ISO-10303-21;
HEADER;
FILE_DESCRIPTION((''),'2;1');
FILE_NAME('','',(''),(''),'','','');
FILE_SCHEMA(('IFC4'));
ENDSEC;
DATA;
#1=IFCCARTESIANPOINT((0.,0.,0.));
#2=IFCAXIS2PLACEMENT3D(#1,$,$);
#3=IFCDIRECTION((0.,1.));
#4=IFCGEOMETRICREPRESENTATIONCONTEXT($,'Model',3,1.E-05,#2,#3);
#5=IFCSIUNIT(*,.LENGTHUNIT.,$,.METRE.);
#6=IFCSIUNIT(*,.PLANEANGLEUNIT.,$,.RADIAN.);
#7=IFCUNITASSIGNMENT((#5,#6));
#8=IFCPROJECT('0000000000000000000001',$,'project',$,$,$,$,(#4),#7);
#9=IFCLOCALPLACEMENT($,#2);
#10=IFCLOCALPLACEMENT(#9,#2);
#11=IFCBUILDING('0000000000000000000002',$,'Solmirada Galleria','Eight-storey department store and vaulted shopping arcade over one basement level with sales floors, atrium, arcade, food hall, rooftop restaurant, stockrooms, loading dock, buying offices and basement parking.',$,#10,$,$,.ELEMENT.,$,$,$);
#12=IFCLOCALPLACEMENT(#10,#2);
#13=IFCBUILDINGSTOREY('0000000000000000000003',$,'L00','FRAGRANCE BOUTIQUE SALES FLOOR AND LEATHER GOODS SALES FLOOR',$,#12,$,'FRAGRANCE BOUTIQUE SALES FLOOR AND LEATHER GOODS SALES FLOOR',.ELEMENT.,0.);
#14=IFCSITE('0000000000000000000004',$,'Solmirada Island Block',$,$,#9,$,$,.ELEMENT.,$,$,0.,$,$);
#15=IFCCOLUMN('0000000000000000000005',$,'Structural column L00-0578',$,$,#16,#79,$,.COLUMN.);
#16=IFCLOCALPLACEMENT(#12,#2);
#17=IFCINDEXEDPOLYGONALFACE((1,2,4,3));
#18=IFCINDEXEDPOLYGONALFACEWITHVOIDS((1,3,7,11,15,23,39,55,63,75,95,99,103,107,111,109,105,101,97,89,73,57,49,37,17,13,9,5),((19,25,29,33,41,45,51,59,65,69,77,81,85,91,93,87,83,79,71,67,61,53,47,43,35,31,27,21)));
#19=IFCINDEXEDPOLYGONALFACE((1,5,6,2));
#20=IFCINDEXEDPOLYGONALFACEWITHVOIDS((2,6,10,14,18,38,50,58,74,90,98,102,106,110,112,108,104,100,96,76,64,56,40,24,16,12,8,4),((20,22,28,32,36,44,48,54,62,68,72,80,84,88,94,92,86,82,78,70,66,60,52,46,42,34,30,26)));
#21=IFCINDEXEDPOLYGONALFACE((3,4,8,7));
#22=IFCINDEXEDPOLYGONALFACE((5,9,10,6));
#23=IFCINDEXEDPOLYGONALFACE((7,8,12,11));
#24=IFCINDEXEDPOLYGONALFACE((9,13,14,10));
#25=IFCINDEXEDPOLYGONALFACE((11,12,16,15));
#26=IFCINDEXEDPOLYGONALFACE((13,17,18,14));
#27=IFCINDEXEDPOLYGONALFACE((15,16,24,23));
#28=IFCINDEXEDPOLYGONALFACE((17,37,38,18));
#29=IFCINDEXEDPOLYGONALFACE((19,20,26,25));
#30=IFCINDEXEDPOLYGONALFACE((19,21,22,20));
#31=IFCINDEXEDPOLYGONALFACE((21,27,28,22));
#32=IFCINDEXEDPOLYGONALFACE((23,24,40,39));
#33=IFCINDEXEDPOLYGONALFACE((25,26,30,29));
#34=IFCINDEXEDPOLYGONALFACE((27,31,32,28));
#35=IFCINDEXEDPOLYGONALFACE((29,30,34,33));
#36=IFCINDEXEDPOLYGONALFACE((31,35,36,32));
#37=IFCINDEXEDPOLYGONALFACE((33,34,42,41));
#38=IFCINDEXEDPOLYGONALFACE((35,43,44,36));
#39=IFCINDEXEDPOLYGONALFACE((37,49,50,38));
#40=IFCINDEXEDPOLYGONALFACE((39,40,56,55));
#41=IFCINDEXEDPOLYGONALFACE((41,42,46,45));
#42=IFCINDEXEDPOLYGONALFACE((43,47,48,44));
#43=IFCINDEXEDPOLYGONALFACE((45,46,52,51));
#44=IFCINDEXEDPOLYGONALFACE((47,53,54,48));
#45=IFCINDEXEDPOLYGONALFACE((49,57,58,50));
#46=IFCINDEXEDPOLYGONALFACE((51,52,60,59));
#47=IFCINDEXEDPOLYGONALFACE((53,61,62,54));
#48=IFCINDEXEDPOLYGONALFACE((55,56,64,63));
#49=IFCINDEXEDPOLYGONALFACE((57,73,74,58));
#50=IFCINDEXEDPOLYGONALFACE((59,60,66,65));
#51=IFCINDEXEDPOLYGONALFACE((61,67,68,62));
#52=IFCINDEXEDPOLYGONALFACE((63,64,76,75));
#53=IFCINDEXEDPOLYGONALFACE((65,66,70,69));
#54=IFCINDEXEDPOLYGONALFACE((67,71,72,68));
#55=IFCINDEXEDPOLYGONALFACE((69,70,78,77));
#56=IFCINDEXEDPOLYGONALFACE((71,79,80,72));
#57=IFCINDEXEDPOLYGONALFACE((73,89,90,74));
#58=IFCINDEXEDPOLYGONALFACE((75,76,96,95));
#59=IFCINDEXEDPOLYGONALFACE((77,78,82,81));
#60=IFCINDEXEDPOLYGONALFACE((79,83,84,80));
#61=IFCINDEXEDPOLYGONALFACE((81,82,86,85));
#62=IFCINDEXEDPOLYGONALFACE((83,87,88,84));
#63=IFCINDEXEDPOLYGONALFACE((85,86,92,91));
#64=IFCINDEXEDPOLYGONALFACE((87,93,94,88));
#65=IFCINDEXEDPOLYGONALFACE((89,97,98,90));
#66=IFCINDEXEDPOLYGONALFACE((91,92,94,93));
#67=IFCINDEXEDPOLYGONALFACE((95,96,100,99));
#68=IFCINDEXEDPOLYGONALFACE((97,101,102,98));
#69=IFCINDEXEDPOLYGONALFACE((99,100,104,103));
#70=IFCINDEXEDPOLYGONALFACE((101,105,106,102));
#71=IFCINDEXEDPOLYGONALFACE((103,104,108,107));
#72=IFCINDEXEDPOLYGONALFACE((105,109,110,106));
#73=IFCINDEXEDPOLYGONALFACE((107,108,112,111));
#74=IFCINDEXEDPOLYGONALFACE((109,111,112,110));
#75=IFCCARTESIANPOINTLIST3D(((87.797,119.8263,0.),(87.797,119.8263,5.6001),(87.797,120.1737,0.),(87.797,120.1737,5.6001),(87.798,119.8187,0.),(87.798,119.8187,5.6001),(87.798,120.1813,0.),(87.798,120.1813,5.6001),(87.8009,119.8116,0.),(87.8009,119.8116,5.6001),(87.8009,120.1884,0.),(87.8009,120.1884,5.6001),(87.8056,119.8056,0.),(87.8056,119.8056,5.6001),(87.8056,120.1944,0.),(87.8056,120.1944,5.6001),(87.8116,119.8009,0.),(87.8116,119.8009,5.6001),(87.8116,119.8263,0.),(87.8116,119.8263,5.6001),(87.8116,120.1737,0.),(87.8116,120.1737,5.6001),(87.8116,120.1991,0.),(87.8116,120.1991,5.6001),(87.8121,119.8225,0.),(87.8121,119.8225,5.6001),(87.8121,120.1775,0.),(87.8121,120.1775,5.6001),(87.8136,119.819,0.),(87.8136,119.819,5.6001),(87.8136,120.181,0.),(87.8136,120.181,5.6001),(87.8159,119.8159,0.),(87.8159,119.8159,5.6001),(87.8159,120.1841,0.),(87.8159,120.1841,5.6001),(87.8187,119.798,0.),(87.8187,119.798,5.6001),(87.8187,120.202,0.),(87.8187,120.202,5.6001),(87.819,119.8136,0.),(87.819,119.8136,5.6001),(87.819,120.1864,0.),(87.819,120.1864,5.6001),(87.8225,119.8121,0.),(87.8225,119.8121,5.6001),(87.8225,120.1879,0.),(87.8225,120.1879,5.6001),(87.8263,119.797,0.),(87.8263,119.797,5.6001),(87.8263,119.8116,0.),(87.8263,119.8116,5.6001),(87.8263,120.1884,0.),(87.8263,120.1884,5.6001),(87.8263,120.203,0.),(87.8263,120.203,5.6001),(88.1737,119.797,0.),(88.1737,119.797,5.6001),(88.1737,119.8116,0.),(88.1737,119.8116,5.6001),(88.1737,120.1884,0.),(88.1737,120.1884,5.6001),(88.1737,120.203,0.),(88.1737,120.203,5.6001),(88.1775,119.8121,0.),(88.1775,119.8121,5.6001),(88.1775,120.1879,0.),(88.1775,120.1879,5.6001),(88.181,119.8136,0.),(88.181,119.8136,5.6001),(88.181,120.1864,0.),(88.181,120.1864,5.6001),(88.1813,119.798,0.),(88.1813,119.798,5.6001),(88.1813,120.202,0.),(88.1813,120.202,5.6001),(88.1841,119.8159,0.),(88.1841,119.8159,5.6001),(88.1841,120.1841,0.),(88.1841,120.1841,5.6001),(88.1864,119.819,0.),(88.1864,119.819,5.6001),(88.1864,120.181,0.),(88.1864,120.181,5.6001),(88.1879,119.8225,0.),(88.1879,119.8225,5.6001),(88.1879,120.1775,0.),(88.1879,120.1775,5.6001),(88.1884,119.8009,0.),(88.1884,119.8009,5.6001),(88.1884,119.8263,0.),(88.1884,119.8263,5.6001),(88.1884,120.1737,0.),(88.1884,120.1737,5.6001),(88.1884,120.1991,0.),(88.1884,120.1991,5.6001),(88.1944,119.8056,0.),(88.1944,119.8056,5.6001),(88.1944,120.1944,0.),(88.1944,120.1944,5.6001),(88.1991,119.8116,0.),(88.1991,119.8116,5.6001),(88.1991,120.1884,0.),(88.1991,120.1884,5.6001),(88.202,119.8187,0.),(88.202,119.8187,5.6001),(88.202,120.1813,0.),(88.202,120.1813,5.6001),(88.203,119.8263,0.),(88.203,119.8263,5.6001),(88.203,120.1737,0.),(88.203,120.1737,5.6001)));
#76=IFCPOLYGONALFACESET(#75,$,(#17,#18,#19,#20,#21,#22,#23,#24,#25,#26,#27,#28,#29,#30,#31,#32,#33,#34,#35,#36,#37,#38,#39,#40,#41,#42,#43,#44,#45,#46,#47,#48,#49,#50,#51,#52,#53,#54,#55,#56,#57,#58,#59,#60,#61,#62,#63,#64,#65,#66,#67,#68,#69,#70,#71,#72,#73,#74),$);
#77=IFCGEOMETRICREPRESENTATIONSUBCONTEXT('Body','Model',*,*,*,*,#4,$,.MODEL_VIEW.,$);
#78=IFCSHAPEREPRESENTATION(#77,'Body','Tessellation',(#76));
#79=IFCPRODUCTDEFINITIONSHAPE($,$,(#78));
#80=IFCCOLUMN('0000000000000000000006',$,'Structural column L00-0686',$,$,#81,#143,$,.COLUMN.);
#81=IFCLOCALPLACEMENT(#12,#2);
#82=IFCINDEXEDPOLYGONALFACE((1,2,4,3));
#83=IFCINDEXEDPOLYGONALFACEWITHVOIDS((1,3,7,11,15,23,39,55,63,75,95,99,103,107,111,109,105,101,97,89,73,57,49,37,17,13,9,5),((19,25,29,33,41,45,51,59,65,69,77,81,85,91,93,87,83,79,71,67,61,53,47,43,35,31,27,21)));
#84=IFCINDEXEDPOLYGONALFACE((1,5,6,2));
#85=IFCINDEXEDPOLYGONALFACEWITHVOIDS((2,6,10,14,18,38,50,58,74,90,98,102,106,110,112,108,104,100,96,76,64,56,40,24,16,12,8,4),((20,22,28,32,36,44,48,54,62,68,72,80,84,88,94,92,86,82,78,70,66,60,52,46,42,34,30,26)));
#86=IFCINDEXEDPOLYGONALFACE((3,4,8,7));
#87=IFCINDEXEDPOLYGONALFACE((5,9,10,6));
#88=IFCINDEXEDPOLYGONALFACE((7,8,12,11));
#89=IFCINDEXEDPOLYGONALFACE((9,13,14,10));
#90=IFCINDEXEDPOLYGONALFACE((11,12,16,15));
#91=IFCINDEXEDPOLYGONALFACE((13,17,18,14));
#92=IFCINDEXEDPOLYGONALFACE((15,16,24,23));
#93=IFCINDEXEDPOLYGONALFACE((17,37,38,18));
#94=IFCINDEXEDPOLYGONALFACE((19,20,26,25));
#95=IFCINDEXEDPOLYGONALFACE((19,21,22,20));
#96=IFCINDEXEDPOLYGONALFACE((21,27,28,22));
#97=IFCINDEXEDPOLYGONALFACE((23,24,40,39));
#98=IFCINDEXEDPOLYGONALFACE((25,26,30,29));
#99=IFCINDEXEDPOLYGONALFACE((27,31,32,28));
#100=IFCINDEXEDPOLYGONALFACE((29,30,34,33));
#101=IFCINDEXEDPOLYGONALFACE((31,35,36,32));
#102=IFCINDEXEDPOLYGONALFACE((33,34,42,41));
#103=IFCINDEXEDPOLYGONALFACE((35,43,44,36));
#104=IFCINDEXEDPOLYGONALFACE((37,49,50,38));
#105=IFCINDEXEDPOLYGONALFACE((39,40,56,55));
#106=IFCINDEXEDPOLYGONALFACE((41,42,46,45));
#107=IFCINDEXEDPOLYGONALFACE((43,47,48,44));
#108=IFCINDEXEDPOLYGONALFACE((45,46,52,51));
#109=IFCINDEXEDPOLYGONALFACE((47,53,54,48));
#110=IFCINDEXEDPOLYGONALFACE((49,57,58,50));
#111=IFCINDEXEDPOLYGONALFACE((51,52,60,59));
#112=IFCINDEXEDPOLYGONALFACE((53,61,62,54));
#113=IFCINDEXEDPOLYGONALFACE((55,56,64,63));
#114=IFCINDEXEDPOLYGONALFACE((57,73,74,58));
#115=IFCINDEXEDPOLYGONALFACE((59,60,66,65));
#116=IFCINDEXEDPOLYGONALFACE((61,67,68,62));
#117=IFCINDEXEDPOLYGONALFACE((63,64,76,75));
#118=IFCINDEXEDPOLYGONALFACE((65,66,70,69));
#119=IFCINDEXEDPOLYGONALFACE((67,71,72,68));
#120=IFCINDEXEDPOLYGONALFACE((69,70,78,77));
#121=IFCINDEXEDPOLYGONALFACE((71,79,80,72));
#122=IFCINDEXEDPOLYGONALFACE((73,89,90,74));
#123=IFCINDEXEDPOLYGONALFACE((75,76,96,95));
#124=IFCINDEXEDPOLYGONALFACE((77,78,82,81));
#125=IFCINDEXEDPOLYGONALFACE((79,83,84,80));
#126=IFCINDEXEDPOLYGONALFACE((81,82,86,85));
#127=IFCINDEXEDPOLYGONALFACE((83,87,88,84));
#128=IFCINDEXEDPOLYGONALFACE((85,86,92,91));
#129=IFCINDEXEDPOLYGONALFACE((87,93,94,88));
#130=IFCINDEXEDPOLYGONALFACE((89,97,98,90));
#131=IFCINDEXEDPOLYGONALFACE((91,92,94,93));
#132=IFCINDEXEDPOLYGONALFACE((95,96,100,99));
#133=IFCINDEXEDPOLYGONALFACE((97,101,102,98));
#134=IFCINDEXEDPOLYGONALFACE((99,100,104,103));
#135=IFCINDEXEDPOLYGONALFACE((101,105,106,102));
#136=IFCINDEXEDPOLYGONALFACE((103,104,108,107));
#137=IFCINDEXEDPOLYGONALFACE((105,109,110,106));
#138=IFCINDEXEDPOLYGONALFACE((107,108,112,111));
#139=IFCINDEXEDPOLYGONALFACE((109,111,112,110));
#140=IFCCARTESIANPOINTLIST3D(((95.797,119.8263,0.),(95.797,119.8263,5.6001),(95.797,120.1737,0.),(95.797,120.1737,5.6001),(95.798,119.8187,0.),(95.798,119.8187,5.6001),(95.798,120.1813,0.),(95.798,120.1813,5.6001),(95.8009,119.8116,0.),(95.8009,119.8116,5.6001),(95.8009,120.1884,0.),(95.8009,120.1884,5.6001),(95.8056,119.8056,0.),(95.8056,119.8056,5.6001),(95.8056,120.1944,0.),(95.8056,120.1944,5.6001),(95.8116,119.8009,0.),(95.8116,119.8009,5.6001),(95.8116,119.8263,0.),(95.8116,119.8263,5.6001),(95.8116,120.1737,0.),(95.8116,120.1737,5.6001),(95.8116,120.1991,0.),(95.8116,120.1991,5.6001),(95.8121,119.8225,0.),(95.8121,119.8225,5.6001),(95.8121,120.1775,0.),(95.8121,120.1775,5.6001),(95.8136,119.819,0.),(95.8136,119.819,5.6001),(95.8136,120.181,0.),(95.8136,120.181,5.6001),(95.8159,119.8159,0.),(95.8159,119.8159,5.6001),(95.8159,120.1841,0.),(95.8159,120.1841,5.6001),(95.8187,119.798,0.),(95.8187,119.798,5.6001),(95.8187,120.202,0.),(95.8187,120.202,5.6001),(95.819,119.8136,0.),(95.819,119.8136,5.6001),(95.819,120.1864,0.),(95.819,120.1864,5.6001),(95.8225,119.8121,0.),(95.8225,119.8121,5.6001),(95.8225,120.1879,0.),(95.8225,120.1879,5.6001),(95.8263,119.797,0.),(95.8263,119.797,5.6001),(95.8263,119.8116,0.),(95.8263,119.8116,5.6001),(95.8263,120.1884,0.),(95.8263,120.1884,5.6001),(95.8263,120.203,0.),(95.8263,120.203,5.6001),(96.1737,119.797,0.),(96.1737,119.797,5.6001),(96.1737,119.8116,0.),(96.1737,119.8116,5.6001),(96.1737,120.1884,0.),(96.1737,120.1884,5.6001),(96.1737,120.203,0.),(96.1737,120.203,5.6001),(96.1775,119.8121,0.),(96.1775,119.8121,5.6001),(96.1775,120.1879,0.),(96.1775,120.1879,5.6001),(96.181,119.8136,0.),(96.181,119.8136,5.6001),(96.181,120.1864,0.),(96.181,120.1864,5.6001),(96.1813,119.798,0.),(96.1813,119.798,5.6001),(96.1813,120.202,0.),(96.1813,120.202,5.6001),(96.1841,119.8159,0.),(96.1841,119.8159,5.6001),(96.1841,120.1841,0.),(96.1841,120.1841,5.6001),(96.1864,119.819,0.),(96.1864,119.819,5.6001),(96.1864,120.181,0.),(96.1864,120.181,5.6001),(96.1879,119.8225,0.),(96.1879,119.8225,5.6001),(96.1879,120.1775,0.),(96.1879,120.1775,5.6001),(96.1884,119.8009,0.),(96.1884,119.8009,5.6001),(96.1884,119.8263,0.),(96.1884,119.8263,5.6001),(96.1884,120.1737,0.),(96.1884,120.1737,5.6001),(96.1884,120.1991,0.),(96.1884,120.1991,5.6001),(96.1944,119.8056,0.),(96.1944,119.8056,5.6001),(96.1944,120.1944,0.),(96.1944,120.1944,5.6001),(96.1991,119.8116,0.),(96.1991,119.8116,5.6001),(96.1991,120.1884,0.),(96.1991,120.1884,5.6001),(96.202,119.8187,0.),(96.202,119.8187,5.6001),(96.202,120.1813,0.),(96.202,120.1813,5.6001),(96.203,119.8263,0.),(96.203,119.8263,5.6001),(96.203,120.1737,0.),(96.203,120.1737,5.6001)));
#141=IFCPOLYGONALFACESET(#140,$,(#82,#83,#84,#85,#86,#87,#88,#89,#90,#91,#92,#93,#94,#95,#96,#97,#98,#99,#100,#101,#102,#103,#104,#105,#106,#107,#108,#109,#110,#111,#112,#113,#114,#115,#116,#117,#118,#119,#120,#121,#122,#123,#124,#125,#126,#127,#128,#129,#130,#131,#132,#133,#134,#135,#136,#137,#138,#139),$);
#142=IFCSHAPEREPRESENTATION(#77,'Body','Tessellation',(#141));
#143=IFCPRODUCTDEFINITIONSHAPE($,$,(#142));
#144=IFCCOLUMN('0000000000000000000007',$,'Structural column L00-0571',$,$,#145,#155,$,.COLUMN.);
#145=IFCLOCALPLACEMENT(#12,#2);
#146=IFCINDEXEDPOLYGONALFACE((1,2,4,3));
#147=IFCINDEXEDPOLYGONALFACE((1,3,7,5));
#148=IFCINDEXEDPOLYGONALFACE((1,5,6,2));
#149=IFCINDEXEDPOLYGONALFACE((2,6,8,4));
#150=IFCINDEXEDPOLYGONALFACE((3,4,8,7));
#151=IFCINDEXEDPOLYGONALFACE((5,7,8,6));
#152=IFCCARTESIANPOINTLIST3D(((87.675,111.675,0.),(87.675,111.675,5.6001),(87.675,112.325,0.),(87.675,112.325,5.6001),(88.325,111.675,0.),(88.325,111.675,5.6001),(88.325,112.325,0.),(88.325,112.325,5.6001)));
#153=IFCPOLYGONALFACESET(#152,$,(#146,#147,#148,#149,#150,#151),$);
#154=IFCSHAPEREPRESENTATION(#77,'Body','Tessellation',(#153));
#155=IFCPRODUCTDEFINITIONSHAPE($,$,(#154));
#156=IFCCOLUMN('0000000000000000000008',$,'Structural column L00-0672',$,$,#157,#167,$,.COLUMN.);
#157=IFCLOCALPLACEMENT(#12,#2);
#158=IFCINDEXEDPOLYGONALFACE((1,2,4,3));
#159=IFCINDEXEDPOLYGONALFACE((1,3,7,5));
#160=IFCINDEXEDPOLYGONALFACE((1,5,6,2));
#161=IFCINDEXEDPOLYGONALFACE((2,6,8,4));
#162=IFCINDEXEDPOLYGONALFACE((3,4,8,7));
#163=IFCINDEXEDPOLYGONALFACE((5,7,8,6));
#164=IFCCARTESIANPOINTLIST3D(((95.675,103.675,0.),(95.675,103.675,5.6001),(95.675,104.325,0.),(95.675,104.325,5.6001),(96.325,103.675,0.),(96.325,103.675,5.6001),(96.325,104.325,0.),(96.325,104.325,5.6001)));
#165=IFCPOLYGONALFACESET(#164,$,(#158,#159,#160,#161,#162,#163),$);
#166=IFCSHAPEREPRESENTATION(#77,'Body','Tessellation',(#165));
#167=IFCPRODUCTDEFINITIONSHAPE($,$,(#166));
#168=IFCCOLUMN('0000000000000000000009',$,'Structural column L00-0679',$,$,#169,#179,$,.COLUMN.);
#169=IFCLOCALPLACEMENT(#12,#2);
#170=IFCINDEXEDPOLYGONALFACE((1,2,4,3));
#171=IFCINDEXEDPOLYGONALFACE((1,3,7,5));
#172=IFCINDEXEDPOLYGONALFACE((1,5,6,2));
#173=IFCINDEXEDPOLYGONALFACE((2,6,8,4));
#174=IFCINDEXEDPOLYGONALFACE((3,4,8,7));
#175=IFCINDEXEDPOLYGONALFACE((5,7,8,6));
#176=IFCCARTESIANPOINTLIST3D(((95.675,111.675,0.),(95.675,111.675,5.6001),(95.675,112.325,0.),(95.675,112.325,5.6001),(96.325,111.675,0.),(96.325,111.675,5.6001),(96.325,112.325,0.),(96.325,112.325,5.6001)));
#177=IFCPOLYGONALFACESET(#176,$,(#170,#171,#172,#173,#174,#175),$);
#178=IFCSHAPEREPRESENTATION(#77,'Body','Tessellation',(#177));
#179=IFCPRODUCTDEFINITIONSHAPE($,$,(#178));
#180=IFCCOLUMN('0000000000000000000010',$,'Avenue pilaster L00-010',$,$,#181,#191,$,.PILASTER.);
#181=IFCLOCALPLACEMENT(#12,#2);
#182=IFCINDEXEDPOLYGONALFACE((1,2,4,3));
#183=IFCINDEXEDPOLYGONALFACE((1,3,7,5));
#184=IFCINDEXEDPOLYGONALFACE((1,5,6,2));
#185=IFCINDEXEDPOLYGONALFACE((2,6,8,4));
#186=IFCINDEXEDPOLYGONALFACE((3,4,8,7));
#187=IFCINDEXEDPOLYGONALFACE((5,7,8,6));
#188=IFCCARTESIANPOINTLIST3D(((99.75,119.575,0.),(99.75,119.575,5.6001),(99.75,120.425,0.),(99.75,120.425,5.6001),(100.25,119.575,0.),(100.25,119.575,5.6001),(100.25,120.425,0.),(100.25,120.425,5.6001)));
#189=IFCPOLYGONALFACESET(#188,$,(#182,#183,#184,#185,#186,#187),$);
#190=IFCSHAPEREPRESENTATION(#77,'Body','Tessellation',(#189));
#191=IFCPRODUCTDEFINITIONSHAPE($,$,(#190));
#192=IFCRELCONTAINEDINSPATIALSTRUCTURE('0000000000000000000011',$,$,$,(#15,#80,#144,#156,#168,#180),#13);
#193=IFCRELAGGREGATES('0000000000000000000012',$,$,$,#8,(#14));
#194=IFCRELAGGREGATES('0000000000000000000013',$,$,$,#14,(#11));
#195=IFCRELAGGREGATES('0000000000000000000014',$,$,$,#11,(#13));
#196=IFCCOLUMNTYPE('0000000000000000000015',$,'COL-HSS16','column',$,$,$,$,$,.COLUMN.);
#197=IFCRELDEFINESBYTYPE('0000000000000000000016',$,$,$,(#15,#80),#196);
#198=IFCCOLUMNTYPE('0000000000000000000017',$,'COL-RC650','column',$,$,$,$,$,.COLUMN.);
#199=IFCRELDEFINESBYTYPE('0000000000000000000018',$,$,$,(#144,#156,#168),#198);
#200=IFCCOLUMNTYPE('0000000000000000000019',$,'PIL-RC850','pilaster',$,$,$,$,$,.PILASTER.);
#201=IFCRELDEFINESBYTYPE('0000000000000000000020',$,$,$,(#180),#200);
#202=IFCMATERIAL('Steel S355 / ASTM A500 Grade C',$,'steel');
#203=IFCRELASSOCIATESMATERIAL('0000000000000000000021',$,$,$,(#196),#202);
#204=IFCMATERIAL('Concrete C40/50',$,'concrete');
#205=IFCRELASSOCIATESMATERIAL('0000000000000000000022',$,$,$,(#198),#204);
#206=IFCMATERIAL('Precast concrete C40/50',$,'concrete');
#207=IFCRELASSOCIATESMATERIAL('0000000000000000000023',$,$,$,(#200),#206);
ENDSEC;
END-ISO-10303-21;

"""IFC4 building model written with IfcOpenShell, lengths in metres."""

from ifc_helpers import new_model, si_unit, direction, frame, origin, origin_2d, place, context, subcontext, project, spatial, rectangle, hollow_rectangle, extrude, material, material_profile, profile_set, type_object, element, save


model = new_model("IFC4")

# Units and contexts
model_context = context("Model", 3, precision=1e-05, world=origin(), true_north=direction((0.0, 1.0)))
body_context = subcontext(model_context, "Body", "Model", "MODEL_VIEW")
ifc_project = project(units=[si_unit("LENGTHUNIT", "METRE"), si_unit("PLANEANGLEUNIT", "RADIAN")], contexts=[model_context])

# Site, building, storey
site_placement = place(None, origin())
site = spatial("IfcSite", under=ifc_project, at=site_placement, Name="Solmirada Island Block", CompositionType="ELEMENT", RefElevation=0.0)
building_placement = place(site_placement, origin())
building = spatial("IfcBuilding", under=site, at=building_placement, Name="Solmirada Galleria", Description="Eight-storey department store and vaulted shopping arcade over one basement level with sales floors, atrium, arcade, food hall, rooftop restaurant, stockrooms, loading dock, buying offices and basement parking.", CompositionType="ELEMENT")
storey_placement = place(building_placement, origin())
storey = spatial("IfcBuildingStorey", under=building, at=storey_placement, Name="L00", Description="FRAGRANCE BOUTIQUE SALES FLOOR AND LEATHER GOODS SALES FLOOR", LongName="FRAGRANCE BOUTIQUE SALES FLOOR AND LEATHER GOODS SALES FLOOR", CompositionType="ELEMENT", Elevation=0.0)

# Columns
ifc_material_1 = material(Name="Steel S355 / ASTM A500 Grade C", Category="steel")
ifc_material_profile_1 = material_profile(ifc_material_1, hollow_rectangle(XDim=0.406, YDim=0.406, WallThickness=0.0146, InnerFilletRadius=0.0146, OuterFilletRadius=0.0293, at=origin_2d()), Name="HSS16X16X5/8")
ifc_profile_set_1 = profile_set([ifc_material_profile_1], Name="Steel S355 / ASTM A500 Grade C")
column_type_1 = type_object("IfcColumnType", Name="COL-HSS16", Description="column", PredefinedType="COLUMN", material=ifc_profile_set_1)
for number, where, z_axis, x_axis, name in (
    (1, (88.0, 120.0, 0.0), (0.0, 0.0, 1.0), (1.0, 0.0, 0.0), "Structural column L00-0578"),
    (2, (96.0, 120.0, 0.0), (0.0, 0.0, 1.0), (1.0, 0.0, 0.0), "Structural column L00-0686"),
):
    element("IfcColumn", number, at=place(storey_placement, frame(where, z_axis=z_axis, x_axis=x_axis)), inside=storey, type_object=column_type_1, Name=name, PredefinedType="COLUMN", context=body_context, shape_type="SweptSolid", body=[
        extrude(hollow_rectangle(XDim=0.406, YDim=0.406, WallThickness=0.0146, InnerFilletRadius=0.0146, OuterFilletRadius=0.0293, at=origin_2d()), origin(), (0.0, 0.0, 1.0), 5.6001),
    ])
ifc_material_2 = material(Name="Concrete C40/50", Category="concrete")
ifc_material_profile_2 = material_profile(ifc_material_2, rectangle(XDim=0.6499, YDim=0.6499, at=origin_2d()), Name="RC650X650")
ifc_profile_set_2 = profile_set([ifc_material_profile_2], Name="Concrete C40/50")
column_type_2 = type_object("IfcColumnType", Name="COL-RC650", Description="column", PredefinedType="COLUMN", material=ifc_profile_set_2)
for number, where, z_axis, x_axis, name in (
    (3, (88.0, 112.0, 0.0), (0.0, 0.0, 1.0), (1.0, 0.0, 0.0), "Structural column L00-0571"),
    (4, (96.0, 104.0, 0.0), (0.0, 0.0, 1.0), (1.0, 0.0, 0.0), "Structural column L00-0672"),
    (5, (96.0, 112.0, 0.0), (0.0, 0.0, 1.0), (1.0, 0.0, 0.0), "Structural column L00-0679"),
):
    element("IfcColumn", number, at=place(storey_placement, frame(where, z_axis=z_axis, x_axis=x_axis)), inside=storey, type_object=column_type_2, Name=name, PredefinedType="COLUMN", context=body_context, shape_type="SweptSolid", body=[
        extrude(rectangle(XDim=0.6499, YDim=0.6499, at=origin_2d()), origin(), (0.0, 0.0, 1.0), 5.6001),
    ])
ifc_material_3 = material(Name="Precast concrete C40/50", Category="concrete")
ifc_material_profile_3 = material_profile(ifc_material_3, rectangle(XDim=0.5, YDim=0.8501, at=origin_2d()), Name="RC850X500")
ifc_profile_set_3 = profile_set([ifc_material_profile_3], Name="Precast concrete C40/50")
column_type_3 = type_object("IfcColumnType", Name="PIL-RC850", Description="pilaster", PredefinedType="PILASTER", material=ifc_profile_set_3)
column_placement = place(storey_placement, frame((100.0, 120.0, 0.0), z_axis=(0.0, 0.0, 1.0), x_axis=(1.0, 0.0, 0.0)))
element("IfcColumn", 6, at=column_placement, inside=storey, type_object=column_type_3, Name="Avenue pilaster L00-010", PredefinedType="PILASTER", context=body_context, shape_type="SweptSolid", body=[
    extrude(rectangle(XDim=0.5, YDim=0.8501, at=origin_2d()), origin(), (0.0, 0.0, 1.0), 5.6001),
])

save(model, "model.ifc")
